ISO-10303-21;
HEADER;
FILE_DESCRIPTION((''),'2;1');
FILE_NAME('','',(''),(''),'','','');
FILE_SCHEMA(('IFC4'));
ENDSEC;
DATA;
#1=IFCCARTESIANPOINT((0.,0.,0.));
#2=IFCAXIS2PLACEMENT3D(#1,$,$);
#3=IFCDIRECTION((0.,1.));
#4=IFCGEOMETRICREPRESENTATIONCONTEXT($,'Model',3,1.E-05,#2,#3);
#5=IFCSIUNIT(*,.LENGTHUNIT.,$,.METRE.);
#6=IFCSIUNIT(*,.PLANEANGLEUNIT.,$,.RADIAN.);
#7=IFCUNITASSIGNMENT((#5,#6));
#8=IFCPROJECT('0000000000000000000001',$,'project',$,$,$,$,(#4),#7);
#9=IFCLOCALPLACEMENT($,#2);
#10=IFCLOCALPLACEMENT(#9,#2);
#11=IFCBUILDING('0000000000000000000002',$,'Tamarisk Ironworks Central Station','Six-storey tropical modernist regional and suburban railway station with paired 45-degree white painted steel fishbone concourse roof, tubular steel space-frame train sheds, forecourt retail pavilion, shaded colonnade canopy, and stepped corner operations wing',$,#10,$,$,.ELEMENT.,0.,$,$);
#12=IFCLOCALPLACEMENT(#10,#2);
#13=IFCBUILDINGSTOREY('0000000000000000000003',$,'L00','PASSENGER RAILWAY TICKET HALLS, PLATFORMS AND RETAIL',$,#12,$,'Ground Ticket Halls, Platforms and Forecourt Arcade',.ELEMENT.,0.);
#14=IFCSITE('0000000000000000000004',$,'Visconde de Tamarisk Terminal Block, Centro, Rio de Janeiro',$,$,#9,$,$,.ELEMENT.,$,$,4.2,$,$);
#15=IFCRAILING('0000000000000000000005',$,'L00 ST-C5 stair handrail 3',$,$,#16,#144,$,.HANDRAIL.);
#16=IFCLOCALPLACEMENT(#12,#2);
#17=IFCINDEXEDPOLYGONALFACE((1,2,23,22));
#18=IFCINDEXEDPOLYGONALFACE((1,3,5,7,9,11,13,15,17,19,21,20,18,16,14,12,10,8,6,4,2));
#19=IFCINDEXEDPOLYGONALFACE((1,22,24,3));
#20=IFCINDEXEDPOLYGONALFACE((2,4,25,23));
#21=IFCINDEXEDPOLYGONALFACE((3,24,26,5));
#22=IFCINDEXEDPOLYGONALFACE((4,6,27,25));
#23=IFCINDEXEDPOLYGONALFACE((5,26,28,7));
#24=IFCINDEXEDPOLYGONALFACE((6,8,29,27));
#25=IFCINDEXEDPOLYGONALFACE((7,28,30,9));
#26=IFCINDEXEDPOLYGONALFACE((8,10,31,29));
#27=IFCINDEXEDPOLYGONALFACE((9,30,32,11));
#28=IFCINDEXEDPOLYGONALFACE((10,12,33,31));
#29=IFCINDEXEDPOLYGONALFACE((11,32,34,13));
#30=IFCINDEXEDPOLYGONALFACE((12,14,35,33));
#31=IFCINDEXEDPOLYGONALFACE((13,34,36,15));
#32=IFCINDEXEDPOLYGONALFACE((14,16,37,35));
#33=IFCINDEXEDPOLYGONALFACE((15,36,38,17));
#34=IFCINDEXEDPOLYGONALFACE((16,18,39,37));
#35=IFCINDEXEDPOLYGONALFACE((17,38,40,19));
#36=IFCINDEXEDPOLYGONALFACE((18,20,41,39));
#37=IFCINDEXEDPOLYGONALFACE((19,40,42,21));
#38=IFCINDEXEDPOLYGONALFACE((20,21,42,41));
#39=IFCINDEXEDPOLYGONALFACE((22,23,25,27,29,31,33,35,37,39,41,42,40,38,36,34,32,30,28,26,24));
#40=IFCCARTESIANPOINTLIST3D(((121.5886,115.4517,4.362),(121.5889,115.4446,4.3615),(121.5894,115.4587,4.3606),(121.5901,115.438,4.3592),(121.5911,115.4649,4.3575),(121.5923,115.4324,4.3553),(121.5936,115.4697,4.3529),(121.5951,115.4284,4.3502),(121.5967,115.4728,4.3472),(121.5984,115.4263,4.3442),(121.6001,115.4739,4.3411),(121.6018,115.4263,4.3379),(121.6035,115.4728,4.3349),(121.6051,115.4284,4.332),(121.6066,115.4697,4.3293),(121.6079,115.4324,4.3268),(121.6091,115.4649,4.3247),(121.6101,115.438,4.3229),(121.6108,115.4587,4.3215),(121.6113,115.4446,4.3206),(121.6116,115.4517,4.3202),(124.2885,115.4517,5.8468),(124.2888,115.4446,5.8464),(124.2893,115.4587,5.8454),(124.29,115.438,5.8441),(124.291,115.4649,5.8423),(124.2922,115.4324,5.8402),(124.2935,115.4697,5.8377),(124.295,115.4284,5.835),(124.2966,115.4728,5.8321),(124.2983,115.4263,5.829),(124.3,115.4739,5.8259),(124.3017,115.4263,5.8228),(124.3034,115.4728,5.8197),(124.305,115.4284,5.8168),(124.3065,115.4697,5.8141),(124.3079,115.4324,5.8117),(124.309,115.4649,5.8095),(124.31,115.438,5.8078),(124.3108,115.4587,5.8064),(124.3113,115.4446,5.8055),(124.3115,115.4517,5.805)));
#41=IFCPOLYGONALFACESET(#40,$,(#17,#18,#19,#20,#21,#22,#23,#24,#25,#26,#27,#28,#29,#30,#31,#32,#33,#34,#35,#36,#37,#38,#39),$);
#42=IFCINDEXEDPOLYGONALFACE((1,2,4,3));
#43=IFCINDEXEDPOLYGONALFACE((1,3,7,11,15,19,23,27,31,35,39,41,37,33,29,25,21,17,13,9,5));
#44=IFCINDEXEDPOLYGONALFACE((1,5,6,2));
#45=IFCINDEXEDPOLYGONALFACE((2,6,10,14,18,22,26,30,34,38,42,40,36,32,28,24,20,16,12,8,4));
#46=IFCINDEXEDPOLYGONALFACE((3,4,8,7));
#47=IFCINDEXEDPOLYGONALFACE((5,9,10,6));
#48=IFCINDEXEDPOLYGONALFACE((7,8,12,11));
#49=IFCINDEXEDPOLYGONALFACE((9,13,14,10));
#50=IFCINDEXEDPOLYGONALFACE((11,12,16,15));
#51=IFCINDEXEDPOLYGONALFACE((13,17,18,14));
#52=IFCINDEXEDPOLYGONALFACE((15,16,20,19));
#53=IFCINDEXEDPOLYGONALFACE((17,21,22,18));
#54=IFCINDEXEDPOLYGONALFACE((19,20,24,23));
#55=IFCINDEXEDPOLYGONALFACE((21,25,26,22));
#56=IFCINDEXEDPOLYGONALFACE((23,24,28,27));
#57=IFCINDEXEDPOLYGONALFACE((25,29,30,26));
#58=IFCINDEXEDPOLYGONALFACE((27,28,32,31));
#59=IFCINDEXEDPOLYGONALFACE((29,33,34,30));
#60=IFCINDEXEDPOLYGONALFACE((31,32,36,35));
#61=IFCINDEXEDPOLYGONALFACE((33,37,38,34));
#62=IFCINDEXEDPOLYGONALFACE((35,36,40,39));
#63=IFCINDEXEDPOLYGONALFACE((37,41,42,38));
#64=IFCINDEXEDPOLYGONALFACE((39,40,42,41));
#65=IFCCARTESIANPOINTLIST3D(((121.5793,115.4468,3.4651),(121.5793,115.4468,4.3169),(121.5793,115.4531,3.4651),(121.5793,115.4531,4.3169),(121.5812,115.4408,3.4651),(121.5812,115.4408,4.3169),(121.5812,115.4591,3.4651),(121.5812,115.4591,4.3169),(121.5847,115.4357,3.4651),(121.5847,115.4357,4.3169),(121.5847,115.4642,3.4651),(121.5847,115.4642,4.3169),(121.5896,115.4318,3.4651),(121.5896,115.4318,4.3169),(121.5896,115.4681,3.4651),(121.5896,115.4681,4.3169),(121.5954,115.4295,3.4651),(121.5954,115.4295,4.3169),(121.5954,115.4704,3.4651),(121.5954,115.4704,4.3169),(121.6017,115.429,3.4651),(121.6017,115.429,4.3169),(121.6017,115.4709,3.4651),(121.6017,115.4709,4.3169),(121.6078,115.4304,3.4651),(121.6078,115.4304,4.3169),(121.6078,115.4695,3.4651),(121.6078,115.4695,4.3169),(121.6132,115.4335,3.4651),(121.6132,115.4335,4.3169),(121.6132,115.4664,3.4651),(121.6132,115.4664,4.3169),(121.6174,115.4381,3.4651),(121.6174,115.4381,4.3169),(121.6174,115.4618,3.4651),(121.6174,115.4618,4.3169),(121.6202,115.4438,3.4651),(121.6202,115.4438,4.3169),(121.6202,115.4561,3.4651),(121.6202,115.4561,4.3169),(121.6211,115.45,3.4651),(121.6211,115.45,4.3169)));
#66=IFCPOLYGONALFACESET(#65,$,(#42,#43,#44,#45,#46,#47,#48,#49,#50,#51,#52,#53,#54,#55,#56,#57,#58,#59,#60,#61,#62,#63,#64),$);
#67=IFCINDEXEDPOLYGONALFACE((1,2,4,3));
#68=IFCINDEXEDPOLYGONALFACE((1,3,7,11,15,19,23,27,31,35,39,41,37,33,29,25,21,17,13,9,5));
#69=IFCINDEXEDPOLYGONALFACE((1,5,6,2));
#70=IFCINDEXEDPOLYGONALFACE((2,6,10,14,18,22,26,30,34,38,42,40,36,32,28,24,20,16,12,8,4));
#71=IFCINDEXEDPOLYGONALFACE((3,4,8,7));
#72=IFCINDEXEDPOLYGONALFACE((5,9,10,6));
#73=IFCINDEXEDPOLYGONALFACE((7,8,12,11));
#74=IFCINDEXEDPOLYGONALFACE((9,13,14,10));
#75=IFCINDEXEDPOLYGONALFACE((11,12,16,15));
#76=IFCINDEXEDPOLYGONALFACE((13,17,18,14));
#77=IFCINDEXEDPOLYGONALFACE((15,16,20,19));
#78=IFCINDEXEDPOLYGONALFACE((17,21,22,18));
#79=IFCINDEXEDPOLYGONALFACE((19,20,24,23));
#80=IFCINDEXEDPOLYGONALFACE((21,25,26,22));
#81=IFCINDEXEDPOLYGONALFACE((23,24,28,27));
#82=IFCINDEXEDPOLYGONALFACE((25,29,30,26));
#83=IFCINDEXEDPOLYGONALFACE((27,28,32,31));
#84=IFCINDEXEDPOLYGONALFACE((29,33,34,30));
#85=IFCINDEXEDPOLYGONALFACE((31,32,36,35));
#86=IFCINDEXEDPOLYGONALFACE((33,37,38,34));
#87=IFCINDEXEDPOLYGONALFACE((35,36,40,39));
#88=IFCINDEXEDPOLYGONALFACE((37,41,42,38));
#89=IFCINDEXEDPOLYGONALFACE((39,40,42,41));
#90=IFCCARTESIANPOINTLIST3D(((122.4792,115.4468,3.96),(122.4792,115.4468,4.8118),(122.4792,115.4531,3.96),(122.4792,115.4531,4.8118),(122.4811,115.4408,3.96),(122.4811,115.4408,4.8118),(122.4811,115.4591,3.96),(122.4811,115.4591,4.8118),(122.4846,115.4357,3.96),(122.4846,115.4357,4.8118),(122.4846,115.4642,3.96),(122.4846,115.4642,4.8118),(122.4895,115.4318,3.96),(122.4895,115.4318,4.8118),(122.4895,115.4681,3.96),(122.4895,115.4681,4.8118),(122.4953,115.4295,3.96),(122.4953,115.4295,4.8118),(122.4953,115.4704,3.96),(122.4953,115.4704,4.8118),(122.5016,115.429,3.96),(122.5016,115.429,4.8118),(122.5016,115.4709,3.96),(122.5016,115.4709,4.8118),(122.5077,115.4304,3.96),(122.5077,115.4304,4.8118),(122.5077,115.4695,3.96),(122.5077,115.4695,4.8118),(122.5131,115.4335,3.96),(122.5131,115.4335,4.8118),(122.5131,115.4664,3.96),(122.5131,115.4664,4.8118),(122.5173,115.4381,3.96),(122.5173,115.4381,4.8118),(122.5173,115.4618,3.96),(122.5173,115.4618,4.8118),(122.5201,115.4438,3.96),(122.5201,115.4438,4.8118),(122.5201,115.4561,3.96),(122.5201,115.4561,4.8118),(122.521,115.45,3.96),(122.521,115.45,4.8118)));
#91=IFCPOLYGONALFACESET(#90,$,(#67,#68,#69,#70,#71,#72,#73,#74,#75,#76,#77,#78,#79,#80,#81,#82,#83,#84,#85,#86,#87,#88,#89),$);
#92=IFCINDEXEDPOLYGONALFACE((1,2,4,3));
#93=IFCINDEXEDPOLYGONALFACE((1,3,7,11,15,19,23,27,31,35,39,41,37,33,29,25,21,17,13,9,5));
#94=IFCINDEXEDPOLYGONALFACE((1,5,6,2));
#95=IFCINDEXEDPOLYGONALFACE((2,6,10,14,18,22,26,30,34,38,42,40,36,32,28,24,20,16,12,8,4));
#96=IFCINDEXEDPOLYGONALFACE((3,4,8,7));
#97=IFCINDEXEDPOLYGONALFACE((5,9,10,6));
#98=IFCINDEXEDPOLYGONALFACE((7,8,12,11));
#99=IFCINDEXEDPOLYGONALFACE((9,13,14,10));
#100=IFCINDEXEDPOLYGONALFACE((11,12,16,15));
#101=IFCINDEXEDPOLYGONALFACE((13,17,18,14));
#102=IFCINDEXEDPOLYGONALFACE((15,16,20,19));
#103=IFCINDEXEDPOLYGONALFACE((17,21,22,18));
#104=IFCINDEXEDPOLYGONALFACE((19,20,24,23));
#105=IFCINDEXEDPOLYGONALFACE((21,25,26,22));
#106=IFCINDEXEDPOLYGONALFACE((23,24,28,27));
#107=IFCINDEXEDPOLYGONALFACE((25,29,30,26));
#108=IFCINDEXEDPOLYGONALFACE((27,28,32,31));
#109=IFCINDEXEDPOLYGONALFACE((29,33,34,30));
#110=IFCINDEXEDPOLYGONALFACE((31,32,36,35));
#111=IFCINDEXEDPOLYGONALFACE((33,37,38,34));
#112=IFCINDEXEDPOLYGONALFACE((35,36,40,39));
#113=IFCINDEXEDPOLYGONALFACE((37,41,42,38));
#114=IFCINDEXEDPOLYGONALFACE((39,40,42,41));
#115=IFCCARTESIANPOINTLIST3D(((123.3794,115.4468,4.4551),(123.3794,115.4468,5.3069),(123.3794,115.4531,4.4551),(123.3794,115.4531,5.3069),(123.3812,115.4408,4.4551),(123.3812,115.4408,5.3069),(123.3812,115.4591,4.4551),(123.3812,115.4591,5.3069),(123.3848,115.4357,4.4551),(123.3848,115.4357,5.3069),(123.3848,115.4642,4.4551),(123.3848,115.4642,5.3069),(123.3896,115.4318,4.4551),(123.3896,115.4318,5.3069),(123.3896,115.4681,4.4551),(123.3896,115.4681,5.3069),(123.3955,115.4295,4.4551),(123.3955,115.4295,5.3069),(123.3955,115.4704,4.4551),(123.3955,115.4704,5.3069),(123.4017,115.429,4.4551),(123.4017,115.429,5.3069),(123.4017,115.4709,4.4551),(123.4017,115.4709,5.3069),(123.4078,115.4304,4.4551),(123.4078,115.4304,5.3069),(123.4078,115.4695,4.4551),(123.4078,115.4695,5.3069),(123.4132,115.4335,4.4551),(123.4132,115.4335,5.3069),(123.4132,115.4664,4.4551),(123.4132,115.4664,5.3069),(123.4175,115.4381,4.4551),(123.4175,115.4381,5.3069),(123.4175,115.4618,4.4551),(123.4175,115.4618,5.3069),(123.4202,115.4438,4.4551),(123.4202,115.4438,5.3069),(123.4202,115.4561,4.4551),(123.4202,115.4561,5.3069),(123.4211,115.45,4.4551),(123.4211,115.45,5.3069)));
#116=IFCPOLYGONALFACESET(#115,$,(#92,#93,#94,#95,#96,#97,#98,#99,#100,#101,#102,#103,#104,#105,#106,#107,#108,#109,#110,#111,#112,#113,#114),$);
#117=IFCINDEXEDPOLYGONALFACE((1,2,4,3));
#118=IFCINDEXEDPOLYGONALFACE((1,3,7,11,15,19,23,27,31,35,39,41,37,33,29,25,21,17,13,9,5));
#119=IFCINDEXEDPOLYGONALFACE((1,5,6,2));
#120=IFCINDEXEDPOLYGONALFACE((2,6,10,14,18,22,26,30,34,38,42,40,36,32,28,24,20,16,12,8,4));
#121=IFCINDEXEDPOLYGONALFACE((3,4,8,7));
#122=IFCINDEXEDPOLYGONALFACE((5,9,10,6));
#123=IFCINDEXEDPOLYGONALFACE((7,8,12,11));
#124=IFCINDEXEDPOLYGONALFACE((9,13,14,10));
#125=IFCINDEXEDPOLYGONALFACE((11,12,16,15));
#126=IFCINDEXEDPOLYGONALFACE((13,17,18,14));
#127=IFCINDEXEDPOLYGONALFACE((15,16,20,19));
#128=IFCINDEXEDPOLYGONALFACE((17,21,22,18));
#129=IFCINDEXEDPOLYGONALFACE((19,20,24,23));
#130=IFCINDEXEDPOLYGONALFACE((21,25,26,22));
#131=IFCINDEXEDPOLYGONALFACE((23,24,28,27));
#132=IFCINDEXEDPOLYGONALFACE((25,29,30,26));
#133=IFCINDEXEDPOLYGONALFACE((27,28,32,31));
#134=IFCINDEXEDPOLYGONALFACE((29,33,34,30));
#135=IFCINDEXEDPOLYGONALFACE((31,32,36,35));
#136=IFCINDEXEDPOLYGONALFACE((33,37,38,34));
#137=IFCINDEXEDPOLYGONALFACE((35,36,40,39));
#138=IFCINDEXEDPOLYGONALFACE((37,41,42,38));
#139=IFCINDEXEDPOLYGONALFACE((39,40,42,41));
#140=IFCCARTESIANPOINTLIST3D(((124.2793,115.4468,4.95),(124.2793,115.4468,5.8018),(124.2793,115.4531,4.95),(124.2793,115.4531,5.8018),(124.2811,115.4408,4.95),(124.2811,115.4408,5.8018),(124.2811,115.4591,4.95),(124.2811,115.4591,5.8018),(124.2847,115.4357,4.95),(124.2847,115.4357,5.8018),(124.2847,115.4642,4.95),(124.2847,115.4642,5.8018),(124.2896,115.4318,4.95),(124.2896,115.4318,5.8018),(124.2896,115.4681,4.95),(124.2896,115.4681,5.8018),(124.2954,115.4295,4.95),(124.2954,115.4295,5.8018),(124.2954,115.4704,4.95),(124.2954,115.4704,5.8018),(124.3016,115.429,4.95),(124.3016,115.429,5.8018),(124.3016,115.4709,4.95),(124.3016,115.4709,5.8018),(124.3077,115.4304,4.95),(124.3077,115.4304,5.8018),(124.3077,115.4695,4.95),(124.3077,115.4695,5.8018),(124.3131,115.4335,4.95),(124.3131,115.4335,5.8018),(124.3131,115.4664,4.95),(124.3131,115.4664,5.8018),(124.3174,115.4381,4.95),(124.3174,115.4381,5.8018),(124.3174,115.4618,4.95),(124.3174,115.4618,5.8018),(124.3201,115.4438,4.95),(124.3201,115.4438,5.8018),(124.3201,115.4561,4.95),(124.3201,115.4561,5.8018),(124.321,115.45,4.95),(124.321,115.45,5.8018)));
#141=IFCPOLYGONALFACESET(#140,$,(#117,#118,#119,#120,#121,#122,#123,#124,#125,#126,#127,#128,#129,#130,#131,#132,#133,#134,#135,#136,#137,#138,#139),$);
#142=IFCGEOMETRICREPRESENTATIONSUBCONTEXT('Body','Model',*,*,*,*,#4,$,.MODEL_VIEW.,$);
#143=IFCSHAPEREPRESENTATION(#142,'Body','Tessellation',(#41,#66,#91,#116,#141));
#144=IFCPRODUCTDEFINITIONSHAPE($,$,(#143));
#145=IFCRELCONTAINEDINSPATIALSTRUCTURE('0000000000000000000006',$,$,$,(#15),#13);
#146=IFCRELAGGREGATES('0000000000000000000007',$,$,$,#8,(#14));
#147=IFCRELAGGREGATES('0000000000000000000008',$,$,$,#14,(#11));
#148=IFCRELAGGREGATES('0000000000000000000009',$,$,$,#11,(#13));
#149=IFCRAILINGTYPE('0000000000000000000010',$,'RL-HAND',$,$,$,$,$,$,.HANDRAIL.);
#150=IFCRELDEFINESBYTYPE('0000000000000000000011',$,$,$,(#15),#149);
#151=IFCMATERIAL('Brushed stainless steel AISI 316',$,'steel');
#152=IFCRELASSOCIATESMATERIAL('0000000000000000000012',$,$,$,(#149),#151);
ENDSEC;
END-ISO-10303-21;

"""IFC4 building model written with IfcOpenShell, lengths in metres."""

from ifc_helpers import new_model, si_unit, direction, frame, origin, origin_2d, place, context, subcontext, project, spatial, circle, extrude, material, type_object, element, save


model = new_model("IFC4")

# Units and contexts
model_context = context("Model", 3, precision=1e-05, world=origin(), true_north=direction((0.0, 1.0)))
body_context = subcontext(model_context, "Body", "Model", "MODEL_VIEW")
ifc_project = project(units=[si_unit("LENGTHUNIT", "METRE"), si_unit("PLANEANGLEUNIT", "RADIAN")], contexts=[model_context])

# Site, building, storey
site_placement = place(None, origin())
site = spatial("IfcSite", under=ifc_project, at=site_placement, Name="Visconde de Tamarisk Terminal Block, Centro, Rio de Janeiro", CompositionType="ELEMENT", RefElevation=4.2)
building_placement = place(site_placement, origin())
building = spatial("IfcBuilding", under=site, at=building_placement, Name="Tamarisk Ironworks Central Station", Description="Six-storey tropical modernist regional and suburban railway station with paired 45-degree white painted steel fishbone concourse roof, tubular steel space-frame train sheds, forecourt retail pavilion, shaded colonnade canopy, and stepped corner operations wing", CompositionType="ELEMENT", ElevationOfRefHeight=0.0)
storey_placement = place(building_placement, origin())
storey = spatial("IfcBuildingStorey", under=building, at=storey_placement, Name="L00", Description="PASSENGER RAILWAY TICKET HALLS, PLATFORMS AND RETAIL", LongName="Ground Ticket Halls, Platforms and Forecourt Arcade", CompositionType="ELEMENT", Elevation=0.0)

# Railing
ifc_material_1 = material(Name="Brushed stainless steel AISI 316", Category="steel")
railing_type_1 = type_object("IfcRailingType", Name="RL-HAND", PredefinedType="HANDRAIL", material=ifc_material_1)
railing_1_placement = place(storey_placement, frame((121.6001, 115.45, 3.4651)))
element("IfcRailing", 1, at=railing_1_placement, inside=storey, type_object=railing_type_1, Name="L00 ST-C5 stair handrail 3", PredefinedType="HANDRAIL", context=body_context, shape_type="SweptSolid", body=[
    extrude(circle(Radius=0.0239, at=origin_2d()), frame((0.0, 0.0, 0.876), z_axis=(0.876231, 0.0, 0.481891), x_axis=(0.0, 1.0, 0.0)), (0.0, 0.0, 1.0), 3.0813),
    extrude(circle(Radius=0.021, at=origin_2d()), origin(), (0.0, 0.0, 1.0), 0.8518),
    extrude(circle(Radius=0.021, at=origin_2d()), frame((0.8999, 0.0, 0.4949)), (0.0, 0.0, 1.0), 0.8518),
    extrude(circle(Radius=0.021, at=origin_2d()), frame((1.8, 0.0, 0.99)), (0.0, 0.0, 1.0), 0.8518),
    extrude(circle(Radius=0.021, at=origin_2d()), frame((2.7, 0.0, 1.4849)), (0.0, 0.0, 1.0), 0.8518),
])

save(model, "model.ifc")
